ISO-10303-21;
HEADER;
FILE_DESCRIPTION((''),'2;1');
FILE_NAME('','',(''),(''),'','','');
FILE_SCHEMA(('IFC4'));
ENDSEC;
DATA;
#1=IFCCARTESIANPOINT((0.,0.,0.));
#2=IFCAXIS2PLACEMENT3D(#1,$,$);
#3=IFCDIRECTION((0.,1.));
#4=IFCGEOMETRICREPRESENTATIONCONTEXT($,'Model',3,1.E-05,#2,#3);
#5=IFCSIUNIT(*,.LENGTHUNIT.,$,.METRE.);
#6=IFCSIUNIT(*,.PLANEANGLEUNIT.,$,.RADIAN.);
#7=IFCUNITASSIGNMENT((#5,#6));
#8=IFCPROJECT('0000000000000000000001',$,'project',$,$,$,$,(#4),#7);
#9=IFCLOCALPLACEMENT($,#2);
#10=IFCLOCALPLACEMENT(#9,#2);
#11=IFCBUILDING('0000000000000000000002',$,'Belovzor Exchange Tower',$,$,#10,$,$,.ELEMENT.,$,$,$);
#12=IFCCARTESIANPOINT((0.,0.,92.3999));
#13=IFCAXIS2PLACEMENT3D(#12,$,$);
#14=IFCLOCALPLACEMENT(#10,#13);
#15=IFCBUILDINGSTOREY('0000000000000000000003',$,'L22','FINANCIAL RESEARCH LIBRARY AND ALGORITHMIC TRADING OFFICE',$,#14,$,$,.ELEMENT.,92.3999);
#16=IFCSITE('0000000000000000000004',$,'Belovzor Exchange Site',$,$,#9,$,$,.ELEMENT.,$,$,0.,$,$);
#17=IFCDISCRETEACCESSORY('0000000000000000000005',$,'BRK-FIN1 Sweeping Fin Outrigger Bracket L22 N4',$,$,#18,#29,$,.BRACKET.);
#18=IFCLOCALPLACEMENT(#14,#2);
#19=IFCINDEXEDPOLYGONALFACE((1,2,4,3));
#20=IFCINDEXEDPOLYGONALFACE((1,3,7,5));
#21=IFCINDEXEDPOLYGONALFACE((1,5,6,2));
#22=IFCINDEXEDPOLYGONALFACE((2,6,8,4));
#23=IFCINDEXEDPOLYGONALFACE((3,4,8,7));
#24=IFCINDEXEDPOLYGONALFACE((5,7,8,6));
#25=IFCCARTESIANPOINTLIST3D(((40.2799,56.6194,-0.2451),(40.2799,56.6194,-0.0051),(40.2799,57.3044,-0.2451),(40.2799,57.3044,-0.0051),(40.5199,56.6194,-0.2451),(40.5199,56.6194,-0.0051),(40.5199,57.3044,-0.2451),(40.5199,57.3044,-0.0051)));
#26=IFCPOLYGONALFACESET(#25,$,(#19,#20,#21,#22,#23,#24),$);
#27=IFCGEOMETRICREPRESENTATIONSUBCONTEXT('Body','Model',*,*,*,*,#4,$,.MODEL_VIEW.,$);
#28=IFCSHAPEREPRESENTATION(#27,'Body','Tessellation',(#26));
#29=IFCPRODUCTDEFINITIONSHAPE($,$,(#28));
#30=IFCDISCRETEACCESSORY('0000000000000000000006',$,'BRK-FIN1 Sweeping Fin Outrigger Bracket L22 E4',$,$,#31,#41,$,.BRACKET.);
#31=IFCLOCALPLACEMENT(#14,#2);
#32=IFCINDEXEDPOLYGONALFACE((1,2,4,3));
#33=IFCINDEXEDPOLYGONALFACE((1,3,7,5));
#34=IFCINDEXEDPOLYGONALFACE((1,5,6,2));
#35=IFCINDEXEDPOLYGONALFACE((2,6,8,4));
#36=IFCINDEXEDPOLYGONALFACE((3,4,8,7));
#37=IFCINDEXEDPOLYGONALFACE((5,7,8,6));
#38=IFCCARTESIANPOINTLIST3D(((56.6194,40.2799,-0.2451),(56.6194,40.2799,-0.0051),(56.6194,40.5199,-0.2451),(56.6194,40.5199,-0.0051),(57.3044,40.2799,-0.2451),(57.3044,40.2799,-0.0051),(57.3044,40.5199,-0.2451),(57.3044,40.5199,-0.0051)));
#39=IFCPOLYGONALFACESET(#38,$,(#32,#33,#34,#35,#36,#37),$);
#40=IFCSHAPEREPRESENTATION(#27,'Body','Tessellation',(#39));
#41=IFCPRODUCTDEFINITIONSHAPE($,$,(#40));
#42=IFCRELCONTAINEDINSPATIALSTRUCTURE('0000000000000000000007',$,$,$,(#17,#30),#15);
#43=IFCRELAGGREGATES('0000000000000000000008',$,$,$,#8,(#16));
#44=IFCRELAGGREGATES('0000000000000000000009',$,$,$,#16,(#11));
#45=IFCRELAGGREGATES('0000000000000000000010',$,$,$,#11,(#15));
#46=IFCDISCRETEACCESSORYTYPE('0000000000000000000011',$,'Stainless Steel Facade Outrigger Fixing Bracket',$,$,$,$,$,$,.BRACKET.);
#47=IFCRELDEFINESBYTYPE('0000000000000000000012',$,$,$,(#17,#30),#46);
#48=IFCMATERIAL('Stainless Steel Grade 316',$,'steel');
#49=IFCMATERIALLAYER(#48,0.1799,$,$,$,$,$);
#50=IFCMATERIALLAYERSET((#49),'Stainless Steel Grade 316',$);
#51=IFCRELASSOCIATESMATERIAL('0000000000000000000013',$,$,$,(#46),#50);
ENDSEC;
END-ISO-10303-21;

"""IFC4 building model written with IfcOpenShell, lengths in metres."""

from ifc_helpers import new_model, si_unit, direction, frame, origin, origin_2d, place, context, subcontext, project, spatial, rectangle, extrude, material, layer, layer_set, type_object, element, save


model = new_model("IFC4")

# Units and contexts
model_context = context("Model", 3, precision=1e-05, world=origin(), true_north=direction((0.0, 1.0)))
body_context = subcontext(model_context, "Body", "Model", "MODEL_VIEW")
ifc_project = project(units=[si_unit("LENGTHUNIT", "METRE"), si_unit("PLANEANGLEUNIT", "RADIAN")], contexts=[model_context])

# Site, building, storey
site_placement = place(None, origin())
site = spatial("IfcSite", under=ifc_project, at=site_placement, Name="Belovzor Exchange Site", CompositionType="ELEMENT", RefElevation=0.0)
building_placement = place(site_placement, origin())
building = spatial("IfcBuilding", under=site, at=building_placement, Name="Belovzor Exchange Tower", CompositionType="ELEMENT")
storey_placement = place(building_placement, frame((0.0, 0.0, 92.3999)))
storey = spatial("IfcBuildingStorey", under=building, at=storey_placement, Name="L22", Description="FINANCIAL RESEARCH LIBRARY AND ALGORITHMIC TRADING OFFICE", CompositionType="ELEMENT", Elevation=92.3999)

# Discrete accessories
ifc_material_1 = material(Name="Stainless Steel Grade 316", Category="steel")
ifc_layer_1 = layer(ifc_material_1, 0.1799)
ifc_layer_set_1 = layer_set([ifc_layer_1], Name="Stainless Steel Grade 316")
discrete_accessory_type = type_object("IfcDiscreteAccessoryType", Name="Stainless Steel Facade Outrigger Fixing Bracket", PredefinedType="BRACKET", material=ifc_layer_set_1)
for number, where, z_axis, x_axis, name in (
    (1, (40.3999, 56.9619, -0.2451), (0.0, 0.0, 1.0), (0.0, 1.0, 0.0), "BRK-FIN1 Sweeping Fin Outrigger Bracket L22 N4"),
    (2, (56.9619, 40.3999, -0.2451), (0.0, 0.0, 1.0), (1.0, 0.0, 0.0), "BRK-FIN1 Sweeping Fin Outrigger Bracket L22 E4"),
):
    element("IfcDiscreteAccessory", number, at=place(storey_placement, frame(where, z_axis=z_axis, x_axis=x_axis)), inside=storey, type_object=discrete_accessory_type, Name=name, PredefinedType="BRACKET", context=body_context, shape_type="SweptSolid", body=[
        extrude(rectangle(XDim=0.6851, YDim=0.24, at=origin_2d()), origin(), (0.0, 0.0, 1.0), 0.24),
    ])

save(model, "model.ifc")
